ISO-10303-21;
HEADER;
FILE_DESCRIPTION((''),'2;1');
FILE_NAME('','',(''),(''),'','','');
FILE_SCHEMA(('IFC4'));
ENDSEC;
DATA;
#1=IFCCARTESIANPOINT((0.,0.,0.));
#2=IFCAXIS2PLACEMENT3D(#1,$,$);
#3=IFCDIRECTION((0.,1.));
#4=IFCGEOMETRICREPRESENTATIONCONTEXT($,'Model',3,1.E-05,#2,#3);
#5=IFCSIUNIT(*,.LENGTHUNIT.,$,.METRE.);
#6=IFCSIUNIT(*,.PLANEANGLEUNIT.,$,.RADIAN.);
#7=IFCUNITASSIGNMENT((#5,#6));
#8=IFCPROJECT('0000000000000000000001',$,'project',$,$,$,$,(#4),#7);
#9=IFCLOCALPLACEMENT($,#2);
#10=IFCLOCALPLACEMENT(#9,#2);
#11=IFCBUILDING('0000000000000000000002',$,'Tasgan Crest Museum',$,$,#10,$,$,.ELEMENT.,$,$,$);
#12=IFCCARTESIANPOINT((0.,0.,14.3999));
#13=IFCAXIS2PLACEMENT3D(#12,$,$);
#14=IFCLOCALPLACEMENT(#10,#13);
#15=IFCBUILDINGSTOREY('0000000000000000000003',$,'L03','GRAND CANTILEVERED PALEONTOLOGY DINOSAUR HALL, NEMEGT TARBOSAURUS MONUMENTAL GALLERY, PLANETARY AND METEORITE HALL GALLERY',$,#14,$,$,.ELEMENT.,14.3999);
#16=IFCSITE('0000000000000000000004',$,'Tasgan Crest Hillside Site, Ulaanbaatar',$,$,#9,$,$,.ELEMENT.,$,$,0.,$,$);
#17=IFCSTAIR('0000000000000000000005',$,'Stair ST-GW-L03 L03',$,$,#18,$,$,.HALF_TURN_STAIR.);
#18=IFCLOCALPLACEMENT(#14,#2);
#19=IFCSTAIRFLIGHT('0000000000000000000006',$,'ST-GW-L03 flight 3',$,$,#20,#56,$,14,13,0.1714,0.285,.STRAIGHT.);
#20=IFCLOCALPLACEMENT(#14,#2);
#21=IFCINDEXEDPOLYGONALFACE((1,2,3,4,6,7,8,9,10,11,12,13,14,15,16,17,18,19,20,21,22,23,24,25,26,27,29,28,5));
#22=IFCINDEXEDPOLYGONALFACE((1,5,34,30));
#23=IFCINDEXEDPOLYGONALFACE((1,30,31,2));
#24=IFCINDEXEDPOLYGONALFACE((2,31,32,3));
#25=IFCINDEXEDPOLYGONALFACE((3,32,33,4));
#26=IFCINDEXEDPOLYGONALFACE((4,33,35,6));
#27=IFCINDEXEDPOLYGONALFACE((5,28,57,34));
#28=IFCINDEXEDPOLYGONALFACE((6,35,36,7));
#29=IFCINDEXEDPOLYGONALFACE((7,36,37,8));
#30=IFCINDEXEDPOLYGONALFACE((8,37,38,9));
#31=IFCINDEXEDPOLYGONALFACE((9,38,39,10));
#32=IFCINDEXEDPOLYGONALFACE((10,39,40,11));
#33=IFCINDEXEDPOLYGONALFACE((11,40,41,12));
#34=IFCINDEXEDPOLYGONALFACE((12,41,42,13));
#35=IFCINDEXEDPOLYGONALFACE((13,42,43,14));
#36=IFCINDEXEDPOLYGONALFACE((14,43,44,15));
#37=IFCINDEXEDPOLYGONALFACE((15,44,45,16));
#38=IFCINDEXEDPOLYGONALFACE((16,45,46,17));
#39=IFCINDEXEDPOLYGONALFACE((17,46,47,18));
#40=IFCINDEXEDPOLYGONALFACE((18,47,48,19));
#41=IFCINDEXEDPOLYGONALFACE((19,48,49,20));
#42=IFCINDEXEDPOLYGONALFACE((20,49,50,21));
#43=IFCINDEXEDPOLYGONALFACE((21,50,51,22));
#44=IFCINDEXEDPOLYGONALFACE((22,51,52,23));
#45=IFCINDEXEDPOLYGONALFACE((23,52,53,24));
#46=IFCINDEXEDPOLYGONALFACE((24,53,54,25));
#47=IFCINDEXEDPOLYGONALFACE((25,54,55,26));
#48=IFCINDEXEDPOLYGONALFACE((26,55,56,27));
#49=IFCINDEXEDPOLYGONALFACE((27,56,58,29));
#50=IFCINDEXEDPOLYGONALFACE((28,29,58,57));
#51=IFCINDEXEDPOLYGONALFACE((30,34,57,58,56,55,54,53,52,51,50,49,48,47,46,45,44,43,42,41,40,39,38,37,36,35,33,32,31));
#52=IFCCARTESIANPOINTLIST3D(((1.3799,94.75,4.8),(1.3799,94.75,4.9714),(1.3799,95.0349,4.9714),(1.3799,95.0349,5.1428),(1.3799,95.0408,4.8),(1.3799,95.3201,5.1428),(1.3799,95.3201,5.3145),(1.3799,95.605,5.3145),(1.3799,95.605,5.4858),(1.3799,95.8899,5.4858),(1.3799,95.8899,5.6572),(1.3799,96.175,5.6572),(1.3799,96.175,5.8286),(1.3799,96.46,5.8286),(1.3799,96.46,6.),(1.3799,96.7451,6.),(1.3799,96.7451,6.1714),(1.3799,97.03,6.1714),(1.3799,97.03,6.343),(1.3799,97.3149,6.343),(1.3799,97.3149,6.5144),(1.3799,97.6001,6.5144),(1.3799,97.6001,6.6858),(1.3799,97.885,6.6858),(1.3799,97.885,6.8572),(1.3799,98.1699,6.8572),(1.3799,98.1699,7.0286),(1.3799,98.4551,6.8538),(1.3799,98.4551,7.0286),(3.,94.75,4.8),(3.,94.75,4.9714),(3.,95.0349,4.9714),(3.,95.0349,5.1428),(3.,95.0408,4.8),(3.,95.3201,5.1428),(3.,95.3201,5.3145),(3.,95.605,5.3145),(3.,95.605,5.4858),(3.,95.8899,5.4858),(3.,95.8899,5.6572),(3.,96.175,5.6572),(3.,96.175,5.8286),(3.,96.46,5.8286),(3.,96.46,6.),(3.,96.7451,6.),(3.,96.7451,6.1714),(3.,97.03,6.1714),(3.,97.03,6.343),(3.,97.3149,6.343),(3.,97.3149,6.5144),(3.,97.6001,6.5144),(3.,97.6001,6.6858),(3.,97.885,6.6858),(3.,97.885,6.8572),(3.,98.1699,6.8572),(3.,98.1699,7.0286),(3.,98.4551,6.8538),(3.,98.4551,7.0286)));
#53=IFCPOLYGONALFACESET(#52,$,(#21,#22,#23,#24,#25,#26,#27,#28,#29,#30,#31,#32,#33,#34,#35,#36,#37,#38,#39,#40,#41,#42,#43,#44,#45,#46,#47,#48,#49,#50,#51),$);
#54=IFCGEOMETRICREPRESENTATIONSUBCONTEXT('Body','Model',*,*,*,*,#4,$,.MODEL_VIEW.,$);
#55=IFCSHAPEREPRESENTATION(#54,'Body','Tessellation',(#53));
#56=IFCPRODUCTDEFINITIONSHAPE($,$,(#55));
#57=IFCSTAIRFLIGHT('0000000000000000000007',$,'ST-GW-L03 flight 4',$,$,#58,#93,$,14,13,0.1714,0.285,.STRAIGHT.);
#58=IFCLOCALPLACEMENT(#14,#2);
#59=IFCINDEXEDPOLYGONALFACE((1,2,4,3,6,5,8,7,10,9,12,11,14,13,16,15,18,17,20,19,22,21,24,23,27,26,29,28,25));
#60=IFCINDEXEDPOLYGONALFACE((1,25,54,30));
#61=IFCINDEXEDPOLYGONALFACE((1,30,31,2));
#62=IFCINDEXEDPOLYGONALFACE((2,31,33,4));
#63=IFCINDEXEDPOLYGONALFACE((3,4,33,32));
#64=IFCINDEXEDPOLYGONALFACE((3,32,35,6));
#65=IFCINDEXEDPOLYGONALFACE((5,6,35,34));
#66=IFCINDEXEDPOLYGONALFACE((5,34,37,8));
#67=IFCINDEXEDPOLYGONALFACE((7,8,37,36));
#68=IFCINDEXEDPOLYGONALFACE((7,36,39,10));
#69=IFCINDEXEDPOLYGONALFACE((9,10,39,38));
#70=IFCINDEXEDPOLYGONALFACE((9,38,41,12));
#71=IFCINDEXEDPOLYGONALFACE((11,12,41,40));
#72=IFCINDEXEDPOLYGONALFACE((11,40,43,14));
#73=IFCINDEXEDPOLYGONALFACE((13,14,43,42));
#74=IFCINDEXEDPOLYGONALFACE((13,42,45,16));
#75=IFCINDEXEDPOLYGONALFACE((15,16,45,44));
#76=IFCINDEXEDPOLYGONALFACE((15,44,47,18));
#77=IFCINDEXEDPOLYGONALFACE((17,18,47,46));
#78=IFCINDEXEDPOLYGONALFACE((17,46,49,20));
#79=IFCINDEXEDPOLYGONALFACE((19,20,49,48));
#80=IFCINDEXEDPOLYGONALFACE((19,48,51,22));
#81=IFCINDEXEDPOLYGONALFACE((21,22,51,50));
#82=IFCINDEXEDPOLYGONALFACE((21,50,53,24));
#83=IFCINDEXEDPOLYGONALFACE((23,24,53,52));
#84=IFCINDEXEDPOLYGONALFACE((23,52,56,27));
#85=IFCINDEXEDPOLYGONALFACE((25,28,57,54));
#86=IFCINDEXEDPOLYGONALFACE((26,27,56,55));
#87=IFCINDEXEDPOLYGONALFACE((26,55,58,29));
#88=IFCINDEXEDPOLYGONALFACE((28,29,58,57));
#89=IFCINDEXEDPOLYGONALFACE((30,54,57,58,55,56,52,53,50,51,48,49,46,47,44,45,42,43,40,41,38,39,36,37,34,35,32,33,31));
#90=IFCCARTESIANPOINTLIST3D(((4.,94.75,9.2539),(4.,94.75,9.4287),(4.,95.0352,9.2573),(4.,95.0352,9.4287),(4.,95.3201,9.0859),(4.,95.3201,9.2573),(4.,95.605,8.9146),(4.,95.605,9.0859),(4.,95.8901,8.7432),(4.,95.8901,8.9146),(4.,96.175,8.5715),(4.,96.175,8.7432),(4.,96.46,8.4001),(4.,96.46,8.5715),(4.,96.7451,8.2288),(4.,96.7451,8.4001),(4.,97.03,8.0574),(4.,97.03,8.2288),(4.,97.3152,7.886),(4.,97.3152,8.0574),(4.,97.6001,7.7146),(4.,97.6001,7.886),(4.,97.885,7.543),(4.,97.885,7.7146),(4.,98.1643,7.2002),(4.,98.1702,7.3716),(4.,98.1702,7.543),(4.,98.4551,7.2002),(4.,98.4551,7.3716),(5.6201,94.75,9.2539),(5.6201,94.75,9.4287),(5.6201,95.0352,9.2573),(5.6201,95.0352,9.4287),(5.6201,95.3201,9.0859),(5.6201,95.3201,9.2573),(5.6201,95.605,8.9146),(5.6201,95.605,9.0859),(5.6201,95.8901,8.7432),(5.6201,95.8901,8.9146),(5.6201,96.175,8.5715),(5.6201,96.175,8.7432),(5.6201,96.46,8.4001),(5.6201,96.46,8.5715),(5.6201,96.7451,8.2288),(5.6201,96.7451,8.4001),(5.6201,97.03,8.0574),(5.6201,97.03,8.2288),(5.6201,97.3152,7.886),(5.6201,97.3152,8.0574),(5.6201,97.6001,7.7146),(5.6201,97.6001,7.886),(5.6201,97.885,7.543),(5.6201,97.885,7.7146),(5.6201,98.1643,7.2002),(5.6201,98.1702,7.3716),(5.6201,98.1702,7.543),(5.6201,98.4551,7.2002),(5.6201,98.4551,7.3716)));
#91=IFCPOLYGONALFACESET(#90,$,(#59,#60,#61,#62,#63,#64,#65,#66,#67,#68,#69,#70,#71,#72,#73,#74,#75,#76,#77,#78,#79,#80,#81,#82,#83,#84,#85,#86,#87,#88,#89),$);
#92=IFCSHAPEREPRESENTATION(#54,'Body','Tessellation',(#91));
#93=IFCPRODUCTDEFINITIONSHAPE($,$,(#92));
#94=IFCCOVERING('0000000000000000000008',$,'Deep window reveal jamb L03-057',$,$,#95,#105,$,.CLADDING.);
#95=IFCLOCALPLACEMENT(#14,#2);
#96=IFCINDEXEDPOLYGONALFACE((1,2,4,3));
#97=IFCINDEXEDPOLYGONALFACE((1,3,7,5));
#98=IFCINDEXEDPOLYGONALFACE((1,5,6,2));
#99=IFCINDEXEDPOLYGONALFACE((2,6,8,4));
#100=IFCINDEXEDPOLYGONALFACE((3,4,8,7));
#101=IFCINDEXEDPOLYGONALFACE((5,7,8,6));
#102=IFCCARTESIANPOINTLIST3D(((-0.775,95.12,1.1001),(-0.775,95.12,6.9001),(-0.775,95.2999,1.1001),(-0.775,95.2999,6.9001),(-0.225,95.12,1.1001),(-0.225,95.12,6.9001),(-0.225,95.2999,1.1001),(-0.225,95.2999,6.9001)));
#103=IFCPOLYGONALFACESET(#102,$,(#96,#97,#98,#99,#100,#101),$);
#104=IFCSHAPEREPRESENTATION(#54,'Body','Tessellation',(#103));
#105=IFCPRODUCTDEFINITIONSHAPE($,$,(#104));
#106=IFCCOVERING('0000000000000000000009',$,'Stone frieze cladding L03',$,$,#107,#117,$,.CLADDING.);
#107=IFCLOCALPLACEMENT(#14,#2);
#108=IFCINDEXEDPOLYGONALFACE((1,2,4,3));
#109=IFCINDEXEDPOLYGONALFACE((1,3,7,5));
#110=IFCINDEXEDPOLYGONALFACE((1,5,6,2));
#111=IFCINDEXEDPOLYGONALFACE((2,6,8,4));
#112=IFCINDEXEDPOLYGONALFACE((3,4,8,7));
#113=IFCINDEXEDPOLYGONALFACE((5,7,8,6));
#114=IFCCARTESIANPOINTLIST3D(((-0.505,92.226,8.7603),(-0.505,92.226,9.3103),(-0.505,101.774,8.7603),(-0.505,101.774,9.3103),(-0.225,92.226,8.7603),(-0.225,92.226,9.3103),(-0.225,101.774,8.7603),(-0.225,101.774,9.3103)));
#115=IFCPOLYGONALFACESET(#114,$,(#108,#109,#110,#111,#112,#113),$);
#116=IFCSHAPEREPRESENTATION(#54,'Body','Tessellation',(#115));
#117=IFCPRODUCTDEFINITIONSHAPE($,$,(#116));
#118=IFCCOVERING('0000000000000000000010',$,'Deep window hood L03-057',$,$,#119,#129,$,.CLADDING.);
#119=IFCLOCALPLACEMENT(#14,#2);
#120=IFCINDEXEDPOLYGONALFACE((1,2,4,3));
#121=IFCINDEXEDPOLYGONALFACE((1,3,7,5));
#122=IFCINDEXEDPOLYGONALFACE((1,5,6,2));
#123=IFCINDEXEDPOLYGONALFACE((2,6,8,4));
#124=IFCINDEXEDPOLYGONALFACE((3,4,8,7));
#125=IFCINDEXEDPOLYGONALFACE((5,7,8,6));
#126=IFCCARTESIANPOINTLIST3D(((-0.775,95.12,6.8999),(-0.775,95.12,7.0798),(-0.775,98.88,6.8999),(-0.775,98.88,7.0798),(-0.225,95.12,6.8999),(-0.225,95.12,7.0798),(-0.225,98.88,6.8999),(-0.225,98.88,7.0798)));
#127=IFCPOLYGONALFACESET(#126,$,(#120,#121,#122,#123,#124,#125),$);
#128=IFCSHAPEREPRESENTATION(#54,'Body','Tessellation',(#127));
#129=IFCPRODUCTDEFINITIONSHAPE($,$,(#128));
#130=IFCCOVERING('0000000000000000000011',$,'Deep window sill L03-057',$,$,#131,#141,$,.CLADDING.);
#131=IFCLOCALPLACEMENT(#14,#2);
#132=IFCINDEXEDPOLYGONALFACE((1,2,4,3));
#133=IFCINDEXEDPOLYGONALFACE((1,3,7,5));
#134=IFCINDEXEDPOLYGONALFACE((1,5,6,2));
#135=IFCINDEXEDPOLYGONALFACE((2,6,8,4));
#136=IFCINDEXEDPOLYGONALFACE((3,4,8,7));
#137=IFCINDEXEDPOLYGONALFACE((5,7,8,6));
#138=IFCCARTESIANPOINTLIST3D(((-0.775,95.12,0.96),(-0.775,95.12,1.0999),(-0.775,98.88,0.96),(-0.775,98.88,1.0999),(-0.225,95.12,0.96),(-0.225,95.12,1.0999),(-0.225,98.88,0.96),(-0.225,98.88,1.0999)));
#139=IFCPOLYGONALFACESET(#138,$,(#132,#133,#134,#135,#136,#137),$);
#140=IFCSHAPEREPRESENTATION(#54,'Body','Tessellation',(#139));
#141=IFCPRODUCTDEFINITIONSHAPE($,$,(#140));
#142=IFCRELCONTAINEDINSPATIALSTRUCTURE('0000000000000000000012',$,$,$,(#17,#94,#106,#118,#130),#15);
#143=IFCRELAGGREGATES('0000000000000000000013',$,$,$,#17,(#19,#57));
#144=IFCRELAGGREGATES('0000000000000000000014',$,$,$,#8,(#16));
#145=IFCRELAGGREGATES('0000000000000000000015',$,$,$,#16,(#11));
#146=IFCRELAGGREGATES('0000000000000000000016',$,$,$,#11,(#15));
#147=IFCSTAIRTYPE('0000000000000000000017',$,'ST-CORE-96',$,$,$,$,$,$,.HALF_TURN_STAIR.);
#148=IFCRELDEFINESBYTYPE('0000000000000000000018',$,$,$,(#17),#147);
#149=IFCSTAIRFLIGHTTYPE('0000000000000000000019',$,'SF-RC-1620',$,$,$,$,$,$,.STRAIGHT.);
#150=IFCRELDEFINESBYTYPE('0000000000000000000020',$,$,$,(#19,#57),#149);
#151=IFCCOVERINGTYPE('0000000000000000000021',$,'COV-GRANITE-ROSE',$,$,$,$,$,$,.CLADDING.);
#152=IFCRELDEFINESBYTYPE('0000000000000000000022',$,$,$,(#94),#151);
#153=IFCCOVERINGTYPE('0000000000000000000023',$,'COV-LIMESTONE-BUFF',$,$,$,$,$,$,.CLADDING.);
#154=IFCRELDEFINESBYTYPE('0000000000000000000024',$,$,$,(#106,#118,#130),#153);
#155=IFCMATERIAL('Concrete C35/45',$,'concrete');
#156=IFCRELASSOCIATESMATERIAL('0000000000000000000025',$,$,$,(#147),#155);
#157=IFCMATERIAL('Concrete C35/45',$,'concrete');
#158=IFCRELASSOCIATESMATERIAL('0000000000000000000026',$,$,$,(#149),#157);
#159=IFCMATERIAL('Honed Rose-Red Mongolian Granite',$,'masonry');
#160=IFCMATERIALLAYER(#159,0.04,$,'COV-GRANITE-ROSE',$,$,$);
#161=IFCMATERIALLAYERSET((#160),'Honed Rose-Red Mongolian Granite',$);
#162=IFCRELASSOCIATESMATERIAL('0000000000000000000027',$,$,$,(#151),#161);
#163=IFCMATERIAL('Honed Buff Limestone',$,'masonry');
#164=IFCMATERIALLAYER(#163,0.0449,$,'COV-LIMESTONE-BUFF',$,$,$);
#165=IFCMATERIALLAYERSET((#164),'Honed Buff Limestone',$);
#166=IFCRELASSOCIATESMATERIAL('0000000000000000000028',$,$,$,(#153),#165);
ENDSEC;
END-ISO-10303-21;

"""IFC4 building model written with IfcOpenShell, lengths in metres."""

from ifc_helpers import new_model, si_unit, direction, frame, origin, origin_2d, place, context, subcontext, project, spatial, polyline, rectangle, outline, extrude, material, layer, layer_set, type_object, element, aggregate, save


model = new_model("IFC4")

# Units and contexts
model_context = context("Model", 3, precision=1e-05, world=origin(), true_north=direction((0.0, 1.0)))
body_context = subcontext(model_context, "Body", "Model", "MODEL_VIEW")
ifc_project = project(units=[si_unit("LENGTHUNIT", "METRE"), si_unit("PLANEANGLEUNIT", "RADIAN")], contexts=[model_context])

# Site, building, storey
site_placement = place(None, origin())
site = spatial("IfcSite", under=ifc_project, at=site_placement, Name="Tasgan Crest Hillside Site, Ulaanbaatar", CompositionType="ELEMENT", RefElevation=0.0)
building_placement = place(site_placement, origin())
building = spatial("IfcBuilding", under=site, at=building_placement, Name="Tasgan Crest Museum", CompositionType="ELEMENT")
storey_placement = place(building_placement, frame((0.0, 0.0, 14.3999)))
storey = spatial("IfcBuildingStorey", under=building, at=storey_placement, Name="L03", Description="GRAND CANTILEVERED PALEONTOLOGY DINOSAUR HALL, NEMEGT TARBOSAURUS MONUMENTAL GALLERY, PLANETARY AND METEORITE HALL GALLERY", CompositionType="ELEMENT", Elevation=14.3999)

# Stair, stair flights
ifc_material_1 = material(Name="Concrete C35/45", Category="concrete")
stair_type = type_object("IfcStairType", Name="ST-CORE-96", PredefinedType="HALF_TURN_STAIR", material=ifc_material_1)
stair_placement = place(storey_placement, origin())
stair = element("IfcStair", 1, at=stair_placement, inside=storey, type_object=stair_type, Name="Stair ST-GW-L03 L03", PredefinedType="HALF_TURN_STAIR")
ifc_material_2 = material(Name="Concrete C35/45", Category="concrete")
stair_flight_type = type_object("IfcStairFlightType", Name="SF-RC-1620", PredefinedType="STRAIGHT", material=ifc_material_2)
stair_flight_1_placement = place(storey_placement, frame((2.1899, 94.75, 4.8), z_axis=(0.0, 0.0, 1.0), x_axis=(0.0, 1.0, 0.0)))
stair_flight_1 = element("IfcStairFlight", 2, at=stair_flight_1_placement, type_object=stair_flight_type, Name="ST-GW-L03 flight 3", NumberOfRisers=14, NumberOfTreads=13, PredefinedType="STRAIGHT", RiserHeight=0.1714, TreadLength=0.285, context=body_context, shape_type="SweptSolid", body=[
    extrude(outline(polyline([(0.0, 0.0), (0.0, 0.1714), (0.2849, 0.1714), (0.2849, 0.3428), (0.5701, 0.3428), (0.5701, 0.5144), (0.855, 0.5144), (0.855, 0.6858), (1.1399, 0.6858), (1.1399, 0.8572), (1.425, 0.8572), (1.425, 1.0286), (1.71, 1.0286), (1.71, 1.2), (1.9951, 1.2), (1.9951, 1.3713), (2.28, 1.3713), (2.28, 1.543), (2.5649, 1.543), (2.5649, 1.7144), (2.8501, 1.7144), (2.8501, 1.8857), (3.135, 1.8857), (3.135, 2.0571), (3.4199, 2.0571), (3.4199, 2.2285), (3.7051, 2.2285), (3.7051, 2.3999), (3.7051, 2.0537), (0.2908, 0.0), (0.0, 0.0)])), frame((0.0, 0.8101, 0.0), z_axis=(0.0, -1.0, 0.0), x_axis=(1.0, 0.0, 0.0)), (0.0, 0.0, 1.0), 1.6201),
])
stair_flight_2_placement = place(storey_placement, frame((4.8101, 98.4551, 7.2002), z_axis=(0.0, 0.0, 1.0), x_axis=(0.0, -1.0, 0.0)))
stair_flight_2 = element("IfcStairFlight", 3, at=stair_flight_2_placement, type_object=stair_flight_type, Name="ST-GW-L03 flight 4", NumberOfRisers=14, NumberOfTreads=13, PredefinedType="STRAIGHT", RiserHeight=0.1714, TreadLength=0.285, context=body_context, shape_type="SweptSolid", body=[
    extrude(outline(polyline([(0.0, 0.0), (0.0, 0.1714), (0.2849, 0.1714), (0.2849, 0.3428), (0.5701, 0.3428), (0.5701, 0.5144), (0.855, 0.5144), (0.855, 0.6858), (1.1399, 0.6858), (1.1399, 0.8572), (1.425, 0.8572), (1.425, 1.0286), (1.71, 1.0286), (1.71, 1.2), (1.9951, 1.2), (1.9951, 1.3713), (2.28, 1.3713), (2.28, 1.543), (2.5649, 1.543), (2.5649, 1.7144), (2.8501, 1.7144), (2.8501, 1.8857), (3.135, 1.8857), (3.135, 2.0571), (3.4199, 2.0571), (3.4199, 2.2285), (3.7051, 2.2285), (3.7051, 2.3999), (3.7051, 2.0537), (0.2908, 0.0), (0.0, 0.0)])), frame((0.0, 0.8101, 0.0), z_axis=(0.0, -1.0, 0.0), x_axis=(1.0, 0.0, 0.0)), (0.0, 0.0, 1.0), 1.6201),
])
aggregate(stair, [stair_flight_1, stair_flight_2])

# Coverings
ifc_material_3 = material(Name="Honed Rose-Red Mongolian Granite", Category="masonry")
ifc_layer_1 = layer(ifc_material_3, 0.04, Name="COV-GRANITE-ROSE")
ifc_layer_set_1 = layer_set([ifc_layer_1], Name="Honed Rose-Red Mongolian Granite")
covering_type_1 = type_object("IfcCoveringType", Name="COV-GRANITE-ROSE", PredefinedType="CLADDING", material=ifc_layer_set_1)
covering_1_placement = place(storey_placement, frame((-0.5, 95.21, 1.1001), z_axis=(0.0, 0.0, 1.0), x_axis=(0.0, -1.0, 0.0)))
element("IfcCovering", 4, at=covering_1_placement, inside=storey, type_object=covering_type_1, Name="Deep window reveal jamb L03-057", PredefinedType="CLADDING", context=body_context, shape_type="SweptSolid", body=[
    extrude(rectangle(XDim=0.1799, YDim=0.55, at=origin_2d()), origin(), (0.0, 0.0, 1.0), 5.8),
])
ifc_material_4 = material(Name="Honed Buff Limestone", Category="masonry")
ifc_layer_2 = layer(ifc_material_4, 0.0449, Name="COV-LIMESTONE-BUFF")
ifc_layer_set_2 = layer_set([ifc_layer_2], Name="Honed Buff Limestone")
covering_type_2 = type_object("IfcCoveringType", Name="COV-LIMESTONE-BUFF", PredefinedType="CLADDING", material=ifc_layer_set_2)
covering_2_placement = place(storey_placement, frame((-0.365, 97.0, 8.7603), z_axis=(0.0, 0.0, 1.0), x_axis=(0.0, -1.0, 0.0)))
element("IfcCovering", 5, at=covering_2_placement, inside=storey, type_object=covering_type_2, Name="Stone frieze cladding L03", PredefinedType="CLADDING", context=body_context, shape_type="SweptSolid", body=[
    extrude(rectangle(XDim=9.5481, YDim=0.28, at=origin_2d()), origin(), (0.0, 0.0, 1.0), 0.55),
])
covering_3_placement = place(storey_placement, frame((-0.5, 97.0, 6.8999), z_axis=(0.0, 0.0, 1.0), x_axis=(0.0, -1.0, 0.0)))
element("IfcCovering", 6, at=covering_3_placement, inside=storey, type_object=covering_type_2, Name="Deep window hood L03-057", PredefinedType="CLADDING", context=body_context, shape_type="SweptSolid", body=[
    extrude(rectangle(XDim=3.76, YDim=0.55, at=origin_2d()), origin(), (0.0, 0.0, 1.0), 0.1799),
])
covering_4_placement = place(storey_placement, frame((-0.5, 97.0, 0.96), z_axis=(0.0, 0.0, 1.0), x_axis=(0.0, -1.0, 0.0)))
element("IfcCovering", 7, at=covering_4_placement, inside=storey, type_object=covering_type_2, Name="Deep window sill L03-057", PredefinedType="CLADDING", context=body_context, shape_type="SweptSolid", body=[
    extrude(rectangle(XDim=3.76, YDim=0.55, at=origin_2d()), origin(), (0.0, 0.0, 1.0), 0.1399),
])

save(model, "model.ifc")
